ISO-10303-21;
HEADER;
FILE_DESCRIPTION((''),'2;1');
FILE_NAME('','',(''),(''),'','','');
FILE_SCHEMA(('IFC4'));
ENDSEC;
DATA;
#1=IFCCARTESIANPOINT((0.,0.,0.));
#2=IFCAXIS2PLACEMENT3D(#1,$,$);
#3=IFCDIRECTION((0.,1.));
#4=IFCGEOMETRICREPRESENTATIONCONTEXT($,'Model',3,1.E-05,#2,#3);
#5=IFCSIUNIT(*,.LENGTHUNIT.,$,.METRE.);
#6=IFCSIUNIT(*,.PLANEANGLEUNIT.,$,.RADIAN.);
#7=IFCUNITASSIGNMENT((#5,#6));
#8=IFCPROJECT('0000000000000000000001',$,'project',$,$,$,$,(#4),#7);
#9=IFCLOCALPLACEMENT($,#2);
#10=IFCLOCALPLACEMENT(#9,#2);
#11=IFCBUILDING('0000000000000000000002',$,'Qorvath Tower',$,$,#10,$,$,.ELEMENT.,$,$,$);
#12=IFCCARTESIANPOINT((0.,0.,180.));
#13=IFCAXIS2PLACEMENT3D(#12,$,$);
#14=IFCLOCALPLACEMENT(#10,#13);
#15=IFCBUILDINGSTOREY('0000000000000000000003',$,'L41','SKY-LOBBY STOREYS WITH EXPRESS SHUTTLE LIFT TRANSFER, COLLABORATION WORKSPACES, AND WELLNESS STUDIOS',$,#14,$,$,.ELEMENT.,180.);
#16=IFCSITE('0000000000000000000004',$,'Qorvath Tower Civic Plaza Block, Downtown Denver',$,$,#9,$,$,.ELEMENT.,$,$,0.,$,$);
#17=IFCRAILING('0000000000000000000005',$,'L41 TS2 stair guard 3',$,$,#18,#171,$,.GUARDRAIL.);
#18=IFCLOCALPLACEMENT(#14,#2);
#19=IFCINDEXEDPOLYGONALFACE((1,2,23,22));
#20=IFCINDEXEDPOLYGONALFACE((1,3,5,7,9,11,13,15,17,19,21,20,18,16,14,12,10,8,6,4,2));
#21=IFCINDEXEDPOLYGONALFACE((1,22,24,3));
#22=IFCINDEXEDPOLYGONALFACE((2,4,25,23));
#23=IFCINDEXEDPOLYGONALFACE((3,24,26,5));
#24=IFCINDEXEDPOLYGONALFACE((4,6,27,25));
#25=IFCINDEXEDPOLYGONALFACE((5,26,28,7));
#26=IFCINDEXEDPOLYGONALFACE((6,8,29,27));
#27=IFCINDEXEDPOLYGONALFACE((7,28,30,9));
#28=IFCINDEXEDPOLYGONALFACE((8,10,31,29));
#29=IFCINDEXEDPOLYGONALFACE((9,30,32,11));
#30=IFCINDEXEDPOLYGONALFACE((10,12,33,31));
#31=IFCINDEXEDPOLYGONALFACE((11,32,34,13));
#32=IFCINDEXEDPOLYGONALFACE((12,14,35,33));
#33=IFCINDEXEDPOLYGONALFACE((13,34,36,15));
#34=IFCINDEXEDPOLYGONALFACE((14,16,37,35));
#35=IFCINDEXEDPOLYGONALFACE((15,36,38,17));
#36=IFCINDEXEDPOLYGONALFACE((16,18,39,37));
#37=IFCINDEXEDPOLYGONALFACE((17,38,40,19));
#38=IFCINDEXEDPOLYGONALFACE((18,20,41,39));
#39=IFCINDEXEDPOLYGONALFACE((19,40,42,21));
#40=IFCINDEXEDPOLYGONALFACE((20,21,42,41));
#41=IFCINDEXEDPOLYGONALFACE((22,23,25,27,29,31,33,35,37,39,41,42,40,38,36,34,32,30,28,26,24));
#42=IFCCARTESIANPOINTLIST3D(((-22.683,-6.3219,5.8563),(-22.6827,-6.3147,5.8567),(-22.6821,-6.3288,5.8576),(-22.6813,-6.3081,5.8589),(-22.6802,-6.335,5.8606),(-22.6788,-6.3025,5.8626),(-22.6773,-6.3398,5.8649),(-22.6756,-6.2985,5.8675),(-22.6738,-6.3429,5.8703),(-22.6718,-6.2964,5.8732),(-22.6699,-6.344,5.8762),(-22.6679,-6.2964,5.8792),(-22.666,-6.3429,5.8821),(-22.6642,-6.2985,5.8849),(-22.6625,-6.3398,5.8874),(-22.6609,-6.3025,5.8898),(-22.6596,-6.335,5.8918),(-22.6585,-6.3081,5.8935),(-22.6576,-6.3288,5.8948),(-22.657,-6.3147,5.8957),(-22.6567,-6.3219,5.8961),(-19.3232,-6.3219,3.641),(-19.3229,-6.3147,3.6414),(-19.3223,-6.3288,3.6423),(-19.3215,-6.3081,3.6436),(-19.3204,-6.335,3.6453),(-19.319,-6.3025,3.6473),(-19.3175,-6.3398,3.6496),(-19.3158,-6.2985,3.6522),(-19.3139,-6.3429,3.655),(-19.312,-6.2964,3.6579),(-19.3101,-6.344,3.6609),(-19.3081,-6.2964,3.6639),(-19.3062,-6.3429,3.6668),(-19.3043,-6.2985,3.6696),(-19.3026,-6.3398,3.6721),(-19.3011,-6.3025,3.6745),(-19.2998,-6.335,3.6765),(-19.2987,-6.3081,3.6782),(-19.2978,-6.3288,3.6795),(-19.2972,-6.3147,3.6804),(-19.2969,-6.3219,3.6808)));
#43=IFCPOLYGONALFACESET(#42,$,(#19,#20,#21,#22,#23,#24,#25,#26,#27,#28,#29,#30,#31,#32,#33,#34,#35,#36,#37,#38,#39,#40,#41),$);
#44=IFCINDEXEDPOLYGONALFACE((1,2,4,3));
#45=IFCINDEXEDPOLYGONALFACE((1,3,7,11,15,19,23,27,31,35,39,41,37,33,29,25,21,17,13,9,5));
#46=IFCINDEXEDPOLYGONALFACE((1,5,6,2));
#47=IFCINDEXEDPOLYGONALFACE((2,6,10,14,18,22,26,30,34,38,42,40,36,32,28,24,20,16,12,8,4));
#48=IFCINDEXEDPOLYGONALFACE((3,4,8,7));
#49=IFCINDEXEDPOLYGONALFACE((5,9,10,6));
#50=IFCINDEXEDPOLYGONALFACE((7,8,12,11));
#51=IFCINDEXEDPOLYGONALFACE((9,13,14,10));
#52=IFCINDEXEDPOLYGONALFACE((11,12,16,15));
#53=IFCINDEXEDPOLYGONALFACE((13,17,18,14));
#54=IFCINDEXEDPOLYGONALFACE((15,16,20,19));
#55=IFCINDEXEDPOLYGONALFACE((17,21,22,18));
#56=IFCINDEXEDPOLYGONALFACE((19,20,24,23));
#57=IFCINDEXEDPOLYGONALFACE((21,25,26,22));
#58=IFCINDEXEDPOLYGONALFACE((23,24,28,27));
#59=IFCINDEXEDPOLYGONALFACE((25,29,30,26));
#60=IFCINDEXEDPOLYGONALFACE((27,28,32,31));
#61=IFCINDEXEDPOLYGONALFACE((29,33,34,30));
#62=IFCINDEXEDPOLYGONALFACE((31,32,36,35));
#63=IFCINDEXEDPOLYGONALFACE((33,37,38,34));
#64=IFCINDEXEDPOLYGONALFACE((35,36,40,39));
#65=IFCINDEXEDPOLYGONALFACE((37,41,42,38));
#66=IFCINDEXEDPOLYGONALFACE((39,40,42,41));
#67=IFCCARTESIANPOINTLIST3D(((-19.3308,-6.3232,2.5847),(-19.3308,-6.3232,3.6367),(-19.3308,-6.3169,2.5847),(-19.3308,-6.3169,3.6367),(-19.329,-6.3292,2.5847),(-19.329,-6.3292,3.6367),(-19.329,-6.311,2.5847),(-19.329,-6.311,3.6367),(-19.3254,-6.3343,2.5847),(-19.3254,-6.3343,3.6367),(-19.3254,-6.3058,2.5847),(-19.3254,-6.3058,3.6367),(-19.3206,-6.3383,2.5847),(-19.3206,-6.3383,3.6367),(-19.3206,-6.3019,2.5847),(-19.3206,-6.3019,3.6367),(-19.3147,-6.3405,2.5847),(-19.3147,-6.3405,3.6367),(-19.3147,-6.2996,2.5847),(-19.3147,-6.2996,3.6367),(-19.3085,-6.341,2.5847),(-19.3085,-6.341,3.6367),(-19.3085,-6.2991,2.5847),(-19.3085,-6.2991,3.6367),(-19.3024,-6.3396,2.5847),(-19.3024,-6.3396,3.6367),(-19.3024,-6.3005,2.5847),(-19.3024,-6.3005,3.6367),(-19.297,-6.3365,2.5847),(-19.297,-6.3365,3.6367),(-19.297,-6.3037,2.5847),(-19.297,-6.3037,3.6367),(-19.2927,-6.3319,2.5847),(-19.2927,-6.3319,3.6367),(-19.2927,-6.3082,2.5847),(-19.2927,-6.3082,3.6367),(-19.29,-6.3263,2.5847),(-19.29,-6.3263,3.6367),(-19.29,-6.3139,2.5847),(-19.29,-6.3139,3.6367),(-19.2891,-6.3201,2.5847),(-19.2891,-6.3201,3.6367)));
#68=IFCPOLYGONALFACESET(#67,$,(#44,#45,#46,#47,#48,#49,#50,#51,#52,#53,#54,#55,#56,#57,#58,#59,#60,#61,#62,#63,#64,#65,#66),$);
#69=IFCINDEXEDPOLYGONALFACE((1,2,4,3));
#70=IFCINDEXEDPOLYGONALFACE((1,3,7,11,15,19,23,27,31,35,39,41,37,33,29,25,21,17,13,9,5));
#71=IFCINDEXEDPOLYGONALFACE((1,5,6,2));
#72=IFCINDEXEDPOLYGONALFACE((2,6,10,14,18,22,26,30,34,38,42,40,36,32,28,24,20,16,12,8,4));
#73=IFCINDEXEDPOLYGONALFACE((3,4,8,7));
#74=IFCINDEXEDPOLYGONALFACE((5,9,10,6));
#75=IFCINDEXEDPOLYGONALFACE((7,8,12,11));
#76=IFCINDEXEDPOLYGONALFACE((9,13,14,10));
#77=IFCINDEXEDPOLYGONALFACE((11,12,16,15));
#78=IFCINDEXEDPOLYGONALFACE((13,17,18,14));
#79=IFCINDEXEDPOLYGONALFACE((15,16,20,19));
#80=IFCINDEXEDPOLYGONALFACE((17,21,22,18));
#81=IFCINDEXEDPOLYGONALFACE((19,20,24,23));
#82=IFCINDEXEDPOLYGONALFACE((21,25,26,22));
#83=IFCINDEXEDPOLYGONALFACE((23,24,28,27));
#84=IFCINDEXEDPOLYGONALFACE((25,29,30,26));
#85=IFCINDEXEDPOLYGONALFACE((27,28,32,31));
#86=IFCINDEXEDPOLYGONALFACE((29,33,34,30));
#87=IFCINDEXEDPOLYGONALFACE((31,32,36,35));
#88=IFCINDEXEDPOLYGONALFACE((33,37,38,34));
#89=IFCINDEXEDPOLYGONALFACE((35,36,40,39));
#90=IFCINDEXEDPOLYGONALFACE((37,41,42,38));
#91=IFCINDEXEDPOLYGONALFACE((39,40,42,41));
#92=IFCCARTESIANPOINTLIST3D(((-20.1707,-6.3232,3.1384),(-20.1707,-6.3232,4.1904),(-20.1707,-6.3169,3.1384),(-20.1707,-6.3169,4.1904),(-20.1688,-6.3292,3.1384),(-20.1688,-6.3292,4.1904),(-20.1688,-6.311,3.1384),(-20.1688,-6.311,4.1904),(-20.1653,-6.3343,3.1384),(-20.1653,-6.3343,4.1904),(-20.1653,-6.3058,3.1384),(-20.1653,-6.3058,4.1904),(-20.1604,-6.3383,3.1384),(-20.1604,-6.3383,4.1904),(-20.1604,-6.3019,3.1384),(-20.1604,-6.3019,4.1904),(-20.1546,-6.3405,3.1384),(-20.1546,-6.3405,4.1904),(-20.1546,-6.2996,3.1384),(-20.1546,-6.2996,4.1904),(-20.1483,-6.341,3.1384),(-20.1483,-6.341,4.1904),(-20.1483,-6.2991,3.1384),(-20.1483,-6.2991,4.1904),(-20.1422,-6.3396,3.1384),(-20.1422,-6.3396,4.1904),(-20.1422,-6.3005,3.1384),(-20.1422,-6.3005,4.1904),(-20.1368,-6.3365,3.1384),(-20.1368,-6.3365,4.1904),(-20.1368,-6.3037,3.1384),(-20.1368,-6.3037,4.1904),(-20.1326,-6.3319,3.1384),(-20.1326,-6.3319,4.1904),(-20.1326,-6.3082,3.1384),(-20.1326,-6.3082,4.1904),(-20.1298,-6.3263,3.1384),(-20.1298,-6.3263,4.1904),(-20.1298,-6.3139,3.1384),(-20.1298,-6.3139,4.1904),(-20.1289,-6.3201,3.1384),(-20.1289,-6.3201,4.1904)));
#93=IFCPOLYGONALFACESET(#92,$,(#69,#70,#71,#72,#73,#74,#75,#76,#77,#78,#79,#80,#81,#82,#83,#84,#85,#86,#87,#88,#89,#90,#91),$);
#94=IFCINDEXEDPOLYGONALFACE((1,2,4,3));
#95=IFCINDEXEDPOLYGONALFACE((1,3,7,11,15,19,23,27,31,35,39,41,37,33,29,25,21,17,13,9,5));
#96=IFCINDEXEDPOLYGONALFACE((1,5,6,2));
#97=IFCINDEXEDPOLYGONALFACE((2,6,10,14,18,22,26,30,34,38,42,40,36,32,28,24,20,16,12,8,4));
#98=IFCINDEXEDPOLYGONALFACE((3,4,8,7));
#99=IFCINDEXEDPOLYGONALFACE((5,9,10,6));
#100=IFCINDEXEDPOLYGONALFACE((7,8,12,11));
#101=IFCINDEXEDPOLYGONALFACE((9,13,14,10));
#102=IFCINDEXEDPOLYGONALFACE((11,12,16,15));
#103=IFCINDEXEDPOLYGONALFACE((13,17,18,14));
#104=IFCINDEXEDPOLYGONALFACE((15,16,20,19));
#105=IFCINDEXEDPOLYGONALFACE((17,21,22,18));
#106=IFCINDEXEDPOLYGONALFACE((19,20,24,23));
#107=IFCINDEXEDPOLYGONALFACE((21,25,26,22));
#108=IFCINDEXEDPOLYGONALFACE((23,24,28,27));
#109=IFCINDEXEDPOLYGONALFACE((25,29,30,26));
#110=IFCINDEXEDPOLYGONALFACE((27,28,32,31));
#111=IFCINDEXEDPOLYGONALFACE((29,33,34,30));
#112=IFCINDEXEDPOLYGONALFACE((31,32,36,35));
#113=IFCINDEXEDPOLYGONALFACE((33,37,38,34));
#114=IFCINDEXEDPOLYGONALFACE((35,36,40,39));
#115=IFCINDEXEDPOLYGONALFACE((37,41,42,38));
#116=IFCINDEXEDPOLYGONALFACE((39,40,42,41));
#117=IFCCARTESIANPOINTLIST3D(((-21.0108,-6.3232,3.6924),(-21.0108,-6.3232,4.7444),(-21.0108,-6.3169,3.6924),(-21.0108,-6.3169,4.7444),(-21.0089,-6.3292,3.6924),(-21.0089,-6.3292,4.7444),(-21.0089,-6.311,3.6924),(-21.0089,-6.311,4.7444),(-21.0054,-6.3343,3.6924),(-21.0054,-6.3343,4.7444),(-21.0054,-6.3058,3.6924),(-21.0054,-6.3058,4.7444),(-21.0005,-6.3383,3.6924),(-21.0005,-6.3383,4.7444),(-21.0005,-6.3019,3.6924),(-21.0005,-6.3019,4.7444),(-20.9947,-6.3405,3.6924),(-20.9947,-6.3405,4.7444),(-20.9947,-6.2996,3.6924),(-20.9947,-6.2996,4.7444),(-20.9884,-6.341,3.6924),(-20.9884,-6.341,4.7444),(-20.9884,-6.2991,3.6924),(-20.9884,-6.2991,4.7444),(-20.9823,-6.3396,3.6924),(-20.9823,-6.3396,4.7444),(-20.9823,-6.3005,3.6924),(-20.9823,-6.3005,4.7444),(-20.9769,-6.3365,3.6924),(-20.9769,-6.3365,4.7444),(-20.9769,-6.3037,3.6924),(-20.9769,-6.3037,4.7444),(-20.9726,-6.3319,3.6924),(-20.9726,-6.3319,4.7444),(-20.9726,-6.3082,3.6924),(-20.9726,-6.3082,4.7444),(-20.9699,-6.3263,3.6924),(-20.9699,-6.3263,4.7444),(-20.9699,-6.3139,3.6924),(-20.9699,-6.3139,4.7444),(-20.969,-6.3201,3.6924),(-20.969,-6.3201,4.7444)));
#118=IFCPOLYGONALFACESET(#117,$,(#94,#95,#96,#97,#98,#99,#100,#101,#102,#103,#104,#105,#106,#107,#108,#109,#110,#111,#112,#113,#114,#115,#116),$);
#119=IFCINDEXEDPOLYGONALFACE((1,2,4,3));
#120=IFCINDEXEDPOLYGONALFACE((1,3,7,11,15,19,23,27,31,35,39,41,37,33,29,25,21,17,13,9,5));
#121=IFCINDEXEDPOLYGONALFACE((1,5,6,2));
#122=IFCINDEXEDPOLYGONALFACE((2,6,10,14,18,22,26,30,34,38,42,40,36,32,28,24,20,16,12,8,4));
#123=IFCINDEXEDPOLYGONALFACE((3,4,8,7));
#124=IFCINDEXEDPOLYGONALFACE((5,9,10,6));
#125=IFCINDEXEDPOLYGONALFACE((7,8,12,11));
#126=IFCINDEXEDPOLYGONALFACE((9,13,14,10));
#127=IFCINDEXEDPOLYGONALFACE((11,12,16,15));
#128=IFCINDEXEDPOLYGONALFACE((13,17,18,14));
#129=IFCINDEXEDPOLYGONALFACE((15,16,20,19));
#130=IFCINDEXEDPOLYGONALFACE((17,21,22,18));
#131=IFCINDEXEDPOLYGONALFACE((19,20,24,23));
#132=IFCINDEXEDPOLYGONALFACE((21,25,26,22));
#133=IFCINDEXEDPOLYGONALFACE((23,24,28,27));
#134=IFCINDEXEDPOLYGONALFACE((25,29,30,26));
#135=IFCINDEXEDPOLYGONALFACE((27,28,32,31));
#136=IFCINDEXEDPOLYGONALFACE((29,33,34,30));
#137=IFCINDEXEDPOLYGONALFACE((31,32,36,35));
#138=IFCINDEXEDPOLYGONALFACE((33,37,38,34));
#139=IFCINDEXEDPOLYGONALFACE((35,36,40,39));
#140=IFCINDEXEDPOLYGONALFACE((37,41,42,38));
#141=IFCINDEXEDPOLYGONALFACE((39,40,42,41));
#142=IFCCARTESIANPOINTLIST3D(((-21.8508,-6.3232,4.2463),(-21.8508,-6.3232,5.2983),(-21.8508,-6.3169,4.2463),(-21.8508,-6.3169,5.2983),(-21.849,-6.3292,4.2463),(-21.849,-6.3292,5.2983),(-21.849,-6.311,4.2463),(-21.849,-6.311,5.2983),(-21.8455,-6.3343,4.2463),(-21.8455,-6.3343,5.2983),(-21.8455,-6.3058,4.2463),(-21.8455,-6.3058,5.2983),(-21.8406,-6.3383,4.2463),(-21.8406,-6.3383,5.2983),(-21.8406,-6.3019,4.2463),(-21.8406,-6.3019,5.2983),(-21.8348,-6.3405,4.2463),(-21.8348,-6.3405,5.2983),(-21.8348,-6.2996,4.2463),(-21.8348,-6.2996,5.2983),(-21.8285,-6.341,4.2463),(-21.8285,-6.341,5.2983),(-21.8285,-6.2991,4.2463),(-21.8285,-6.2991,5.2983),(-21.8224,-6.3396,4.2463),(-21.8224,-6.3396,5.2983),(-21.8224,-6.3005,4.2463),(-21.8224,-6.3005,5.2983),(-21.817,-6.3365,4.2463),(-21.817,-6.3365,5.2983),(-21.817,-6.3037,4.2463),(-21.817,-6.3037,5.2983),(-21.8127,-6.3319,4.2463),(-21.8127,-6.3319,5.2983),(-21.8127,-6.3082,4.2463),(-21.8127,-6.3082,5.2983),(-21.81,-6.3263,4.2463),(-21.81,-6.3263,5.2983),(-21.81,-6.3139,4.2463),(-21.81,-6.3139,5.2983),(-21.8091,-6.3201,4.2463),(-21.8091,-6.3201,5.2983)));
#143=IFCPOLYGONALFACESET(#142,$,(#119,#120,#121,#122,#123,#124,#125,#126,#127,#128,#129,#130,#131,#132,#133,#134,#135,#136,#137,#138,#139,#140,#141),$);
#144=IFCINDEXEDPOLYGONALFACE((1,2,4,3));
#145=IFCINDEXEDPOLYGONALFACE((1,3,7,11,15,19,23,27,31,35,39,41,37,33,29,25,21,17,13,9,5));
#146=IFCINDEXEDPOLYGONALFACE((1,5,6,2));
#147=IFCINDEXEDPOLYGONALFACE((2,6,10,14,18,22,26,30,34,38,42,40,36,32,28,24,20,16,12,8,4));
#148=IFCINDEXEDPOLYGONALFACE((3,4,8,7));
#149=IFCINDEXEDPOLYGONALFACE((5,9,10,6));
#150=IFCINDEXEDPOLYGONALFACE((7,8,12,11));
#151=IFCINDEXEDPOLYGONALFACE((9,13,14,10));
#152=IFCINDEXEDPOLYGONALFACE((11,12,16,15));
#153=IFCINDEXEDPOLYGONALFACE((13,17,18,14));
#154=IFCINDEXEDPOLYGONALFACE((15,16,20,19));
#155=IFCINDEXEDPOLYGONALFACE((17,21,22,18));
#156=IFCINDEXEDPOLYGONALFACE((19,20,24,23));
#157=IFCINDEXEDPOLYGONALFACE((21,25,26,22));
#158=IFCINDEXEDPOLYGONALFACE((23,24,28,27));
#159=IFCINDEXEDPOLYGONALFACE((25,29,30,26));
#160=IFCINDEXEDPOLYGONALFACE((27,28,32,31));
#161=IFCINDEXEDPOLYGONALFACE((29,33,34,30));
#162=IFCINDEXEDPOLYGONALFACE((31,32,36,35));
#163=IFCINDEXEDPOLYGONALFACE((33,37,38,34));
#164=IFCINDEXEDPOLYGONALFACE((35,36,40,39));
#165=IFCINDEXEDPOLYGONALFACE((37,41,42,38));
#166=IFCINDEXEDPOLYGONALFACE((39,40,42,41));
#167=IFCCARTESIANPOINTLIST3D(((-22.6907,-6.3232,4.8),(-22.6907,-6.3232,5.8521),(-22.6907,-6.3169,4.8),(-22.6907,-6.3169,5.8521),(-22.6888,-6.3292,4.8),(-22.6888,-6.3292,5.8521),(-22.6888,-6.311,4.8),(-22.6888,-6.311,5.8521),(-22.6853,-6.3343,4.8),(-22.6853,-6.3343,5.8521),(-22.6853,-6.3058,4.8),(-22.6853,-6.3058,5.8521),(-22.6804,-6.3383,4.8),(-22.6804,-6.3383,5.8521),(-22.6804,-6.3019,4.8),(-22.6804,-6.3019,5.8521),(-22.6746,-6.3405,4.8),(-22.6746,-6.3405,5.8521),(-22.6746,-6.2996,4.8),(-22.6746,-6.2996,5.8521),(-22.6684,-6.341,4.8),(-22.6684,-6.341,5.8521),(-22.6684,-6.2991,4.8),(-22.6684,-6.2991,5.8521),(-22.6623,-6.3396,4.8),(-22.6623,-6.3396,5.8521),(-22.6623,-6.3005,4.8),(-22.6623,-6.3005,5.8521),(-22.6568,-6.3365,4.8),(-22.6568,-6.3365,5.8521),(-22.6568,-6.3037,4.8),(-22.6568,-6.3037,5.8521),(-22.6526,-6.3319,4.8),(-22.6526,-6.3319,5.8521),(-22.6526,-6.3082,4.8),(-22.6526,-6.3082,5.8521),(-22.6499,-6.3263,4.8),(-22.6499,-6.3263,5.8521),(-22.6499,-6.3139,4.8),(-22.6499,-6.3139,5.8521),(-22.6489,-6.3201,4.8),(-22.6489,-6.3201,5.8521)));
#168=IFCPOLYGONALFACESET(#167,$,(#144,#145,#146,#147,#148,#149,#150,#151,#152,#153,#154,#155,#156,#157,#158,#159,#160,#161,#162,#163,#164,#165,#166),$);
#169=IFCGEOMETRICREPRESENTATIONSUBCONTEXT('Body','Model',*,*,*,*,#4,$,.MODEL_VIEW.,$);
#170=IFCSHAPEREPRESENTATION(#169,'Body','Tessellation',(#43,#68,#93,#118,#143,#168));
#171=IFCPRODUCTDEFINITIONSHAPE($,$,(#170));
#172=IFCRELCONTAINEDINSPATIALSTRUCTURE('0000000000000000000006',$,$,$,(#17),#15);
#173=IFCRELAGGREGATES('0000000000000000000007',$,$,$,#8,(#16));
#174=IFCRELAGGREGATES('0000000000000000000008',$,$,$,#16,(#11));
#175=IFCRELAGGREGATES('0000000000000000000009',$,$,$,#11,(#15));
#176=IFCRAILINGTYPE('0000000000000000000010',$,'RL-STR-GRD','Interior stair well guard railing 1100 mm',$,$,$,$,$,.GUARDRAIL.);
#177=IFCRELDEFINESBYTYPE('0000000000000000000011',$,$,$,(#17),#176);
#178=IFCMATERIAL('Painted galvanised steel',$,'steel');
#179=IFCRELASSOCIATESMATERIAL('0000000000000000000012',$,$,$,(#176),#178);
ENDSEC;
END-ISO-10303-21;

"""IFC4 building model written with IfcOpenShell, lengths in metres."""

from ifc_helpers import new_model, si_unit, direction, frame, origin, origin_2d, place, context, subcontext, project, spatial, circle, extrude, material, type_object, element, save


model = new_model("IFC4")

# Units and contexts
model_context = context("Model", 3, precision=1e-05, world=origin(), true_north=direction((0.0, 1.0)))
body_context = subcontext(model_context, "Body", "Model", "MODEL_VIEW")
ifc_project = project(units=[si_unit("LENGTHUNIT", "METRE"), si_unit("PLANEANGLEUNIT", "RADIAN")], contexts=[model_context])

# Site, building, storey
site_placement = place(None, origin())
site = spatial("IfcSite", under=ifc_project, at=site_placement, Name="Qorvath Tower Civic Plaza Block, Downtown Denver", CompositionType="ELEMENT", RefElevation=0.0)
building_placement = place(site_placement, origin())
building = spatial("IfcBuilding", under=site, at=building_placement, Name="Qorvath Tower", CompositionType="ELEMENT")
storey_placement = place(building_placement, frame((0.0, 0.0, 180.0)))
storey = spatial("IfcBuildingStorey", under=building, at=storey_placement, Name="L41", Description="SKY-LOBBY STOREYS WITH EXPRESS SHUTTLE LIFT TRANSFER, COLLABORATION WORKSPACES, AND WELLNESS STUDIOS", CompositionType="ELEMENT", Elevation=180.0)

# Railing
ifc_material_1 = material(Name="Painted galvanised steel", Category="steel")
railing_type_1 = type_object("IfcRailingType", Name="RL-STR-GRD", Description="Interior stair well guard railing 1100 mm", PredefinedType="GUARDRAIL", material=ifc_material_1)
railing_1_placement = place(storey_placement, frame((-19.3101, -6.3201, 2.5847)))
element("IfcRailing", 1, at=railing_1_placement, inside=storey, type_object=railing_type_1, Name="L41 TS2 stair guard 3", PredefinedType="GUARDRAIL", context=body_context, shape_type="SweptSolid", body=[
    extrude(circle(Radius=0.0239, at=origin_2d()), frame((0.0, 0.0, 1.0762), z_axis=(-0.834858, 0.0, 0.550465), x_axis=(0.0, -1.0, 0.0)), (0.0, 0.0, 1.0), 4.0244),
    extrude(circle(Radius=0.021, at=origin_2d()), origin(), (0.0, 0.0, 1.0), 1.052),
    extrude(circle(Radius=0.021, at=origin_2d()), frame((-0.8398, 0.0, 0.5537)), (0.0, 0.0, 1.0), 1.052),
    extrude(circle(Radius=0.021, at=origin_2d()), frame((-1.6799, 0.0, 1.1077)), (0.0, 0.0, 1.0), 1.052),
    extrude(circle(Radius=0.021, at=origin_2d()), frame((-2.52, 0.0, 1.6616)), (0.0, 0.0, 1.0), 1.052),
    extrude(circle(Radius=0.021, at=origin_2d()), frame((-3.3599, 0.0, 2.2153)), (0.0, 0.0, 1.0), 1.052),
])

save(model, "model.ifc")
